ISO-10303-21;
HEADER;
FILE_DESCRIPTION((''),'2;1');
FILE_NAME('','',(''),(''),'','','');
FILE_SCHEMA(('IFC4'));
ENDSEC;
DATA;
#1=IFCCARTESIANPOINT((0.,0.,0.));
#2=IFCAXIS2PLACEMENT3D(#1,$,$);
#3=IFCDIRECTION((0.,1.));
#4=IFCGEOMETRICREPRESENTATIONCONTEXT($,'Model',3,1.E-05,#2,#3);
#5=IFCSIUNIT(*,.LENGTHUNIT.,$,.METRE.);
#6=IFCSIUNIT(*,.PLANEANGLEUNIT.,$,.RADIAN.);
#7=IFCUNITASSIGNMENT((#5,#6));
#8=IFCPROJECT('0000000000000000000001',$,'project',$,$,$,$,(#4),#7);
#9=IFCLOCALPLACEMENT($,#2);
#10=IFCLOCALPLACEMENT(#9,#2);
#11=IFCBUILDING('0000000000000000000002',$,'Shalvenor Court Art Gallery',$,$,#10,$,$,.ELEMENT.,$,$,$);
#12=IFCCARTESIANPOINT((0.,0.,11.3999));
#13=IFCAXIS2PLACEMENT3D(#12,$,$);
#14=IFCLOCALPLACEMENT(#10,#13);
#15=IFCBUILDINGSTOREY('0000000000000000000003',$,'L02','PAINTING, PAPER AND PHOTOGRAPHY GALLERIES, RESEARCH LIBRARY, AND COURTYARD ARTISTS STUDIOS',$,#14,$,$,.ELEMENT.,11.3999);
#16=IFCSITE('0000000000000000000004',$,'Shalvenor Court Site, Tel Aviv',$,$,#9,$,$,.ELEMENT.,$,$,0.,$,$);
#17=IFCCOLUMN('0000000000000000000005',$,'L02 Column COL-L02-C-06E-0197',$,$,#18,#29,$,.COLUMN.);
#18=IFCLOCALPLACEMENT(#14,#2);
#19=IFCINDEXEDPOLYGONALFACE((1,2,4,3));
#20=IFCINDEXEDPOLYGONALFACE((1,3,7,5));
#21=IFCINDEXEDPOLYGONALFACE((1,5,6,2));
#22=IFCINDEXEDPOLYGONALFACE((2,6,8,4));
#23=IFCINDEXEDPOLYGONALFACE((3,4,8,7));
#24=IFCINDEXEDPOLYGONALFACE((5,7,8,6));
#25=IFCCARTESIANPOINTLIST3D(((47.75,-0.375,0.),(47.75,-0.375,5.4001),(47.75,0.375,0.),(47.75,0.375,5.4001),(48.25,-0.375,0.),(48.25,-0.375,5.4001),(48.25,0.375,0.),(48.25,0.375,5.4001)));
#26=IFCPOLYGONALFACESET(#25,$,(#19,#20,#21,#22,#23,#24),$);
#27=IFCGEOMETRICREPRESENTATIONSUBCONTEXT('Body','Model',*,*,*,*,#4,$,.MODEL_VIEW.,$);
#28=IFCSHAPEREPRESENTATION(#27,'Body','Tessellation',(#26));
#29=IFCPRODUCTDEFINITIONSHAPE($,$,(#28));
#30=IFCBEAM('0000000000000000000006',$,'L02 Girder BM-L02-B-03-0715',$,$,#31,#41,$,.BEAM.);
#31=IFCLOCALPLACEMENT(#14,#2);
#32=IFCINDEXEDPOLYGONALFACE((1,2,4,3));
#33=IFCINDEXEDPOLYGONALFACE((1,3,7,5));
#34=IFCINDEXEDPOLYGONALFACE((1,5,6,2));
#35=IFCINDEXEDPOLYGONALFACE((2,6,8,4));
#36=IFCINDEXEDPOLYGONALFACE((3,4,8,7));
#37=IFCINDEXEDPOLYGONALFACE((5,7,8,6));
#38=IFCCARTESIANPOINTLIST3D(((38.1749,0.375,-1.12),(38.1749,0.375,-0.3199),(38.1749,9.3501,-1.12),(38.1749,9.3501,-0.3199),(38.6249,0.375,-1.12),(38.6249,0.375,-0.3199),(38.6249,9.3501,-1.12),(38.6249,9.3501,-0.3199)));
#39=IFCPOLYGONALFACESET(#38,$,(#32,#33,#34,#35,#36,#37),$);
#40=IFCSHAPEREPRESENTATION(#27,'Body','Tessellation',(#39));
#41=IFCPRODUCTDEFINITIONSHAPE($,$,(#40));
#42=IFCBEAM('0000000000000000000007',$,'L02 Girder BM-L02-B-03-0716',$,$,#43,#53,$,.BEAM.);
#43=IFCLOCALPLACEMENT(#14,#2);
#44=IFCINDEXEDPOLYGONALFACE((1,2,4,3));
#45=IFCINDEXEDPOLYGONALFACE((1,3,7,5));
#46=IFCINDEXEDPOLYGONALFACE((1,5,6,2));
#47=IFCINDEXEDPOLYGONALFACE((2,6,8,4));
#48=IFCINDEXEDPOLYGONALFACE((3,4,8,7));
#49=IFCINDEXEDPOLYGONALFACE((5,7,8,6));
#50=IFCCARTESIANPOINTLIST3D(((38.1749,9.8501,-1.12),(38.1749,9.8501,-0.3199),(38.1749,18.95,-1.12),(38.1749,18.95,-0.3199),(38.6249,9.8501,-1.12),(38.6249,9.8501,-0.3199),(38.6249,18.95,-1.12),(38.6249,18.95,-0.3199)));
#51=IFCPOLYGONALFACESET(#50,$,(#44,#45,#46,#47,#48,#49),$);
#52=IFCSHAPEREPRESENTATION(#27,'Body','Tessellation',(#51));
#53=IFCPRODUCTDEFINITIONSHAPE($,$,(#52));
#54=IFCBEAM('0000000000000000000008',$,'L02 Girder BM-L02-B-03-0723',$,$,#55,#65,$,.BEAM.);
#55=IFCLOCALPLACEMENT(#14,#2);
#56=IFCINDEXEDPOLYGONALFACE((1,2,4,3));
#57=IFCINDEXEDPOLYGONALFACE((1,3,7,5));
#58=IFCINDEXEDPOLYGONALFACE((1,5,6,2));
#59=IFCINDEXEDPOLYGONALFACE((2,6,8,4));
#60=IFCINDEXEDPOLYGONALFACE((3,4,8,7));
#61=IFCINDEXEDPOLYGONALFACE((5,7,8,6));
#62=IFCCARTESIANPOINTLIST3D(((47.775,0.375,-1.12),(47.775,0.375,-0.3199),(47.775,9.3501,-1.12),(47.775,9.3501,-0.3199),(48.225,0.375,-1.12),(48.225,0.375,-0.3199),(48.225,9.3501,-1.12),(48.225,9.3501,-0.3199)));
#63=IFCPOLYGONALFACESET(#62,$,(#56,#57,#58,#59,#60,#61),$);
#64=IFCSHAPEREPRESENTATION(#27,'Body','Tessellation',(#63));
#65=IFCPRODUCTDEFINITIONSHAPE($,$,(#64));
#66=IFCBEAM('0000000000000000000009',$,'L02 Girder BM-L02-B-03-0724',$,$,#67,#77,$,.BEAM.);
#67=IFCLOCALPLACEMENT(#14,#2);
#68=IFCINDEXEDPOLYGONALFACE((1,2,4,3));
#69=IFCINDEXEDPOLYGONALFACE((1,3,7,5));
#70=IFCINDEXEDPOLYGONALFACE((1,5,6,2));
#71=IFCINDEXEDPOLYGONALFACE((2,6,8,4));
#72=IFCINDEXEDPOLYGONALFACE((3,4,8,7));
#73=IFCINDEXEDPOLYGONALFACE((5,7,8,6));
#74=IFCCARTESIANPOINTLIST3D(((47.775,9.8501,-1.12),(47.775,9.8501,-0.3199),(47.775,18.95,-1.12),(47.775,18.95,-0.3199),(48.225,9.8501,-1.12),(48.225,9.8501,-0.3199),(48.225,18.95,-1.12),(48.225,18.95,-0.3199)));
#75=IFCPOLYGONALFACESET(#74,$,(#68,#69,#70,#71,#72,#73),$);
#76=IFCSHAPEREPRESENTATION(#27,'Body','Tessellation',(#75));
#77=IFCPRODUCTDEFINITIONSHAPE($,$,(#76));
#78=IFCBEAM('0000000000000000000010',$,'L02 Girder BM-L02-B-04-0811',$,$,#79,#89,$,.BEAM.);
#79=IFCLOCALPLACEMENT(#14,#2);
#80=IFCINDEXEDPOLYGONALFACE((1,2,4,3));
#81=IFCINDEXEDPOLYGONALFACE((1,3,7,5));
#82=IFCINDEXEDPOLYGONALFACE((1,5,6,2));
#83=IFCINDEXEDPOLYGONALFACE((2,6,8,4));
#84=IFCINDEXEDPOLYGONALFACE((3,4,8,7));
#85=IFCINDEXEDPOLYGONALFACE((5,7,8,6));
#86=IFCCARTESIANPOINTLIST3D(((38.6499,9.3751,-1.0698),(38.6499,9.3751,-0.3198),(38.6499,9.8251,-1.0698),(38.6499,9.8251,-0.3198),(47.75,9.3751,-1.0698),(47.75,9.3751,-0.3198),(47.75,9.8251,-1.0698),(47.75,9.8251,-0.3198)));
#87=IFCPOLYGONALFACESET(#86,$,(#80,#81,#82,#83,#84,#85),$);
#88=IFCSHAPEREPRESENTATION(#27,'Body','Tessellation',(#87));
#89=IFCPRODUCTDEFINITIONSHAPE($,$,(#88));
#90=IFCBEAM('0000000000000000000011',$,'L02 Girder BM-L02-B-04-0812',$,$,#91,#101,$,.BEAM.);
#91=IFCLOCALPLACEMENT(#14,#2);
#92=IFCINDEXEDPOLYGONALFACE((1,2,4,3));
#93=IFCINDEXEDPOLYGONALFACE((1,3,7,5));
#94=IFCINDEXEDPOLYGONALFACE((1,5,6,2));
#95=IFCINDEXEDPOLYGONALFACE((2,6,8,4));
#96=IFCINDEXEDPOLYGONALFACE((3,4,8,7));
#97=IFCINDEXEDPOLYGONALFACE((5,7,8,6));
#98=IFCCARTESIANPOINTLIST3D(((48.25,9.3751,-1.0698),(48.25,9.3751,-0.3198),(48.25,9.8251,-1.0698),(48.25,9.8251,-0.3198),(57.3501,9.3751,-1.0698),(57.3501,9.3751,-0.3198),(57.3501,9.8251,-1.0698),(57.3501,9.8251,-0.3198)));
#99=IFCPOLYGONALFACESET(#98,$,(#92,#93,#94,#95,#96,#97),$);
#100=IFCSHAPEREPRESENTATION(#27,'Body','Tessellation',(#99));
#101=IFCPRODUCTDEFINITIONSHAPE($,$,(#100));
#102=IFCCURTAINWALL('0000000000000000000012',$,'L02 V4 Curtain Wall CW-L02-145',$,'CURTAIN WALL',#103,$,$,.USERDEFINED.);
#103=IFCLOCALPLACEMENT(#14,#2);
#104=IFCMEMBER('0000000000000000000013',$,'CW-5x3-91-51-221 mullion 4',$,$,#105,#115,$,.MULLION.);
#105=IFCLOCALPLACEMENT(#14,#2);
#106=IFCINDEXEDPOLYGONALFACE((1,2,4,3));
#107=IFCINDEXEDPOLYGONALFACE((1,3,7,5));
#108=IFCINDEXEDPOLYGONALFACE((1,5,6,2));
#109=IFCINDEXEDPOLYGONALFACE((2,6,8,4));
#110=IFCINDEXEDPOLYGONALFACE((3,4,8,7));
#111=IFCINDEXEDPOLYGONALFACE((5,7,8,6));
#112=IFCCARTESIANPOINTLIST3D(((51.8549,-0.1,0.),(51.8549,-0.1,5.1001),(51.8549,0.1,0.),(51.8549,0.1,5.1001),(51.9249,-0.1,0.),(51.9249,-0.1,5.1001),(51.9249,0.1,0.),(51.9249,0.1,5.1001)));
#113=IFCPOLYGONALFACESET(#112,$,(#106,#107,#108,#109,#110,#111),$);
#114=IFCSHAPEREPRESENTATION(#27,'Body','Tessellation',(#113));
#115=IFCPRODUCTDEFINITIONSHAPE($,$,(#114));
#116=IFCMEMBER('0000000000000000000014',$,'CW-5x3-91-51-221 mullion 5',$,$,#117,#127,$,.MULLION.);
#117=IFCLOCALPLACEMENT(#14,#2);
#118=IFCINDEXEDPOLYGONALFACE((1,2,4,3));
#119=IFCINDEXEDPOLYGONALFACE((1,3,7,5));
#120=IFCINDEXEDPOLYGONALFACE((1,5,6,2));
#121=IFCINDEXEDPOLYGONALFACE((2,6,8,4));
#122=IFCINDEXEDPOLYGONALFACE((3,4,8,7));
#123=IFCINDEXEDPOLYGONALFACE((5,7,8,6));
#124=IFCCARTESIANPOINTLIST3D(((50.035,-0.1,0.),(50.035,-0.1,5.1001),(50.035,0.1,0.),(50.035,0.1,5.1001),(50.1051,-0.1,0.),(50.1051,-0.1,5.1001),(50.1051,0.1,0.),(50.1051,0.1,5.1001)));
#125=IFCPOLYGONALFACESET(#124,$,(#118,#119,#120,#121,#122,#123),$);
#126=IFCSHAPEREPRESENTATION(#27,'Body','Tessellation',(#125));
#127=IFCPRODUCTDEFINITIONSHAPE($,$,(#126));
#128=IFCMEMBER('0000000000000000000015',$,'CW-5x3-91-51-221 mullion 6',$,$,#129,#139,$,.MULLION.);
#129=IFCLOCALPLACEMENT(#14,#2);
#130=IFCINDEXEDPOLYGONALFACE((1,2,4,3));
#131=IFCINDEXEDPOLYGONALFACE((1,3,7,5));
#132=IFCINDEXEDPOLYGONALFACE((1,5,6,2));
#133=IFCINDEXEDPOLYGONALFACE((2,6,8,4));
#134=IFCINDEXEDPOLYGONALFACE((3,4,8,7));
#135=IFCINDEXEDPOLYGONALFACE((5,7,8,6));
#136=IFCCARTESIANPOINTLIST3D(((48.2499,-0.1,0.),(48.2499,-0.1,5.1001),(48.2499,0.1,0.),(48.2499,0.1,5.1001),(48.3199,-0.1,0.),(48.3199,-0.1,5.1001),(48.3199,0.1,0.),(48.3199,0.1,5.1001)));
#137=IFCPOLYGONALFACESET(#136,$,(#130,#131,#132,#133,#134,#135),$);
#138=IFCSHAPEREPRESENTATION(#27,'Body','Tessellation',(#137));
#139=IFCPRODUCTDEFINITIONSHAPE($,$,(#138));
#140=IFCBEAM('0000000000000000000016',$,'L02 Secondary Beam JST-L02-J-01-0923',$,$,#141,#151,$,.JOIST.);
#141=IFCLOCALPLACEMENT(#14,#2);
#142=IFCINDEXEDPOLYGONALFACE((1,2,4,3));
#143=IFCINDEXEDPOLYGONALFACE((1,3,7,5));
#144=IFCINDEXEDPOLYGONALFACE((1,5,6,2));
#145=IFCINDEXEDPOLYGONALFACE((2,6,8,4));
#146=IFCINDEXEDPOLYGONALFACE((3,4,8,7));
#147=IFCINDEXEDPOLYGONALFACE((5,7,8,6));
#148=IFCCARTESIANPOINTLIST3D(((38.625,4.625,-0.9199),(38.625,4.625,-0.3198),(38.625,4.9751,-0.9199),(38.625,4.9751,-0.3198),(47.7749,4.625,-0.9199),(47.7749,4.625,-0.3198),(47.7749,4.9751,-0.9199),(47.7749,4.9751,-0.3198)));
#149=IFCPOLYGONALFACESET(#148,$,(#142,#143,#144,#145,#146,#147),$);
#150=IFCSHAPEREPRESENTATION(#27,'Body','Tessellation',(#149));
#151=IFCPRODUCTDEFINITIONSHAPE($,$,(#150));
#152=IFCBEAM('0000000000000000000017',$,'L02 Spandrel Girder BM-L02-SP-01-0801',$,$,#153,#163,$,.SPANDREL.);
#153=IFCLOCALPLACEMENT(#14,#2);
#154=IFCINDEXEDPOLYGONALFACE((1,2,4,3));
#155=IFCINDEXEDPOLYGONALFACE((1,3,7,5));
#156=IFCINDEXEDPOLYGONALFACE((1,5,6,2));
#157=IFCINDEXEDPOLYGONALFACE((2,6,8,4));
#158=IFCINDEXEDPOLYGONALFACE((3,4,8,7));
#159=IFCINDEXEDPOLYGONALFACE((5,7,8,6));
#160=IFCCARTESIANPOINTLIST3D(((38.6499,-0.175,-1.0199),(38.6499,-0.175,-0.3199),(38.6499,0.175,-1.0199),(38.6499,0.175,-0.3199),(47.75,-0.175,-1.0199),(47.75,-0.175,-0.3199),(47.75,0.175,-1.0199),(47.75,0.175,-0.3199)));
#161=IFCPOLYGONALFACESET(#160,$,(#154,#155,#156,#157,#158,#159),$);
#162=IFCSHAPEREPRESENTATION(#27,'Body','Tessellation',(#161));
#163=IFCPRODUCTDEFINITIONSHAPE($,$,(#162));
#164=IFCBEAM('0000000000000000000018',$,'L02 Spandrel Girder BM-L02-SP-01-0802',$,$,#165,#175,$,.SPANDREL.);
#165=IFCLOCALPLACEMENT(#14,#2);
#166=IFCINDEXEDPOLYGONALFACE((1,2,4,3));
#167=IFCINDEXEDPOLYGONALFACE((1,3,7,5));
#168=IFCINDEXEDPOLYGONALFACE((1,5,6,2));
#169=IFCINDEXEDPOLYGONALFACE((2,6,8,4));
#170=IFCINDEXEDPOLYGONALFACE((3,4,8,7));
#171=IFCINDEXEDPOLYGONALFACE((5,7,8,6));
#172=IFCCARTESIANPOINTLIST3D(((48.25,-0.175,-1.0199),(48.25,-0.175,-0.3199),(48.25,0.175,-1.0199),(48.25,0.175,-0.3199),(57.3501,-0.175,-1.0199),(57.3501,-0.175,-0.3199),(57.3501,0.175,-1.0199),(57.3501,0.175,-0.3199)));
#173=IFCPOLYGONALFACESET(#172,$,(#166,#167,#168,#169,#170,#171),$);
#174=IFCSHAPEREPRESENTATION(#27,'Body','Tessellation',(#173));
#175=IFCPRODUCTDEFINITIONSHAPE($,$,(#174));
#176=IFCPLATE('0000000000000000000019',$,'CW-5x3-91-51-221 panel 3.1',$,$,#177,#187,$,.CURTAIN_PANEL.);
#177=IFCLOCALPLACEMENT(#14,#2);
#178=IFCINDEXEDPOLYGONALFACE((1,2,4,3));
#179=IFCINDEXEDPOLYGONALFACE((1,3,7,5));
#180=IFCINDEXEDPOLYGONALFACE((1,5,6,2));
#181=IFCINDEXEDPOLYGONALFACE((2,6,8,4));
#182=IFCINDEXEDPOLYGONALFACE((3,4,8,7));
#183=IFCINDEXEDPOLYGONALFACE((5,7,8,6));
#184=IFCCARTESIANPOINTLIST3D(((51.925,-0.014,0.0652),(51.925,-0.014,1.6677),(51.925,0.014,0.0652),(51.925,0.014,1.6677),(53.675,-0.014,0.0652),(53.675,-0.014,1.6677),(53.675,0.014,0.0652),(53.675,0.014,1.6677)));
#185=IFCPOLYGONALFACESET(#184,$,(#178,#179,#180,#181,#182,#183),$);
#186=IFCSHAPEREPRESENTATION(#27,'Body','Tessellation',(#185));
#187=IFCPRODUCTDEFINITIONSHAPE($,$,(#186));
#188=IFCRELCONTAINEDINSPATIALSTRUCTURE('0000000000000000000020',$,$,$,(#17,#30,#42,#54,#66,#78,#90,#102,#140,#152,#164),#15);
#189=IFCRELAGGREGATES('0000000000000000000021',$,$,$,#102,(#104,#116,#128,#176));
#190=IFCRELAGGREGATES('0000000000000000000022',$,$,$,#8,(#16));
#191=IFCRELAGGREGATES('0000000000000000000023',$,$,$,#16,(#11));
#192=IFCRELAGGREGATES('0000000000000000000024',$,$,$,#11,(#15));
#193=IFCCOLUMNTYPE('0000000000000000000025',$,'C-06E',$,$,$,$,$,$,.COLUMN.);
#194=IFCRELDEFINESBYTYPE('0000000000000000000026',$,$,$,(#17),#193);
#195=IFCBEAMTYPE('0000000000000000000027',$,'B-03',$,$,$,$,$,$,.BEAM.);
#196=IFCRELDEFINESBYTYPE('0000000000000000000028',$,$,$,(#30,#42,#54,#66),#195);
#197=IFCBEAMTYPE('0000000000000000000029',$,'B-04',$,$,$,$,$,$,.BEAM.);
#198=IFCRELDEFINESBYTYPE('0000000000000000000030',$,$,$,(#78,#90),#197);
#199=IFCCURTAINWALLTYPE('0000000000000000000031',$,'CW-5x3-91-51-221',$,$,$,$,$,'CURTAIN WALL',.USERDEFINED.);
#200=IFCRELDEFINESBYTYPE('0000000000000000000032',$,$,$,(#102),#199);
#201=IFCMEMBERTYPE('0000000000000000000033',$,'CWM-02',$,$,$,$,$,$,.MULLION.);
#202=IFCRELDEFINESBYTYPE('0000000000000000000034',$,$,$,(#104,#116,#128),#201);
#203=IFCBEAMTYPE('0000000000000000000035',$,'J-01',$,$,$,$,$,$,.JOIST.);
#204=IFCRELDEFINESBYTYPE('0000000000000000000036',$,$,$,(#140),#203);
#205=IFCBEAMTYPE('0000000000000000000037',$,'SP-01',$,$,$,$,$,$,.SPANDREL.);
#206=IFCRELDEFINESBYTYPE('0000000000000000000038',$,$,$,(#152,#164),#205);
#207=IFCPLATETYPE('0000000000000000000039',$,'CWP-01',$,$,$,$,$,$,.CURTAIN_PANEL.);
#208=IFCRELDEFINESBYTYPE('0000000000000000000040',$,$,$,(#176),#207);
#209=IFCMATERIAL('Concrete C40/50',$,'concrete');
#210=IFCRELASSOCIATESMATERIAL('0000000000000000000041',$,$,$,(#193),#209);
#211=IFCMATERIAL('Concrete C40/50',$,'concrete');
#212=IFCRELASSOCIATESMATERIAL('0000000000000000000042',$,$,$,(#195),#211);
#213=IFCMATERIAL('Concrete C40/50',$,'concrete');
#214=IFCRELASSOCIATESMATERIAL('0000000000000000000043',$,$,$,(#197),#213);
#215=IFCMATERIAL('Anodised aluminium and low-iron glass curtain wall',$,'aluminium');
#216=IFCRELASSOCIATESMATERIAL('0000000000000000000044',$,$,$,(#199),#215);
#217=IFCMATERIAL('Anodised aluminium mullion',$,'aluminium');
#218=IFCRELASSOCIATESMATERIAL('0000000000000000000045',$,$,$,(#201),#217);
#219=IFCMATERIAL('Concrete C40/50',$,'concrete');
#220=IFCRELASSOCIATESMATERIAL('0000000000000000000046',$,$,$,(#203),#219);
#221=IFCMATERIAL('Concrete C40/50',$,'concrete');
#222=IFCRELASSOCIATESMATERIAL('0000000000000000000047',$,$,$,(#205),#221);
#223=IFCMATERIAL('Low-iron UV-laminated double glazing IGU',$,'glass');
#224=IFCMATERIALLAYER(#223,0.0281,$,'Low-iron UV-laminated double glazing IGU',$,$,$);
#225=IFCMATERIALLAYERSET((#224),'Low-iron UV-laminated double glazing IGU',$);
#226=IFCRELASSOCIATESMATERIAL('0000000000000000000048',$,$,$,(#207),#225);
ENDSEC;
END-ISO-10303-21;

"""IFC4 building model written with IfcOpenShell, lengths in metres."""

from ifc_helpers import new_model, si_unit, direction, frame, origin, origin_2d, place, context, subcontext, project, spatial, rectangle, extrude, material, layer, layer_set, material_profile, profile_set, type_object, element, aggregate, save


model = new_model("IFC4")

# Units and contexts
model_context = context("Model", 3, precision=1e-05, world=origin(), true_north=direction((0.0, 1.0)))
body_context = subcontext(model_context, "Body", "Model", "MODEL_VIEW")
ifc_project = project(units=[si_unit("LENGTHUNIT", "METRE"), si_unit("PLANEANGLEUNIT", "RADIAN")], contexts=[model_context])

# Site, building, storey
site_placement = place(None, origin())
site = spatial("IfcSite", under=ifc_project, at=site_placement, Name="Shalvenor Court Site, Tel Aviv", CompositionType="ELEMENT", RefElevation=0.0)
building_placement = place(site_placement, origin())
building = spatial("IfcBuilding", under=site, at=building_placement, Name="Shalvenor Court Art Gallery", CompositionType="ELEMENT")
storey_placement = place(building_placement, frame((0.0, 0.0, 11.3999)))
storey = spatial("IfcBuildingStorey", under=building, at=storey_placement, Name="L02", Description="PAINTING, PAPER AND PHOTOGRAPHY GALLERIES, RESEARCH LIBRARY, AND COURTYARD ARTISTS STUDIOS", CompositionType="ELEMENT", Elevation=11.3999)

# Column
ifc_material_1 = material(Name="Concrete C40/50", Category="concrete")
ifc_material_profile_1 = material_profile(ifc_material_1, rectangle(XDim=0.5, YDim=0.75, at=origin_2d()), Name="RC 500x750")
ifc_profile_set_1 = profile_set([ifc_material_profile_1], Name="Concrete C40/50")
column_type = type_object("IfcColumnType", Name="C-06E", PredefinedType="COLUMN", material=ifc_profile_set_1)
column_placement = place(storey_placement, frame((48.0, 0.0, 0.0), z_axis=(0.0, 0.0, 1.0), x_axis=(1.0, 0.0, 0.0)))
element("IfcColumn", 1, at=column_placement, inside=storey, type_object=column_type, Name="L02 Column COL-L02-C-06E-0197", PredefinedType="COLUMN", context=body_context, shape_type="SweptSolid", body=[
    extrude(rectangle(XDim=0.5, YDim=0.75, at=origin_2d()), origin(), (0.0, 0.0, 1.0), 5.4001),
])

# Beams
ifc_material_2 = material(Name="Concrete C40/50", Category="concrete")
ifc_material_profile_2 = material_profile(ifc_material_2, rectangle(XDim=0.45, YDim=0.8, at=origin_2d()), Name="RC 450x800")
ifc_profile_set_2 = profile_set([ifc_material_profile_2], Name="Concrete C40/50")
beam_type_1 = type_object("IfcBeamType", Name="B-03", PredefinedType="BEAM", material=ifc_profile_set_2)
beam_1_placement = place(storey_placement, frame((38.3999, 0.375, -0.72), z_axis=(0.0, 1.0, 0.0), x_axis=(-1.0, 0.0, 0.0)))
element("IfcBeam", 2, at=beam_1_placement, inside=storey, type_object=beam_type_1, Name="L02 Girder BM-L02-B-03-0715", PredefinedType="BEAM", context=body_context, shape_type="SweptSolid", body=[
    extrude(rectangle(XDim=0.45, YDim=0.8, at=origin_2d()), origin(), (0.0, 0.0, 1.0), 8.9751),
])
beam_2_placement = place(storey_placement, frame((38.3999, 9.8501, -0.72), z_axis=(0.0, 1.0, 0.0), x_axis=(-1.0, 0.0, 0.0)))
element("IfcBeam", 3, at=beam_2_placement, inside=storey, type_object=beam_type_1, Name="L02 Girder BM-L02-B-03-0716", PredefinedType="BEAM", context=body_context, shape_type="SweptSolid", body=[
    extrude(rectangle(XDim=0.45, YDim=0.8, at=origin_2d()), origin(), (0.0, 0.0, 1.0), 9.0999),
])
beam_3_placement = place(storey_placement, frame((48.0, 0.375, -0.72), z_axis=(0.0, 1.0, 0.0), x_axis=(-1.0, 0.0, 0.0)))
element("IfcBeam", 4, at=beam_3_placement, inside=storey, type_object=beam_type_1, Name="L02 Girder BM-L02-B-03-0723", PredefinedType="BEAM", context=body_context, shape_type="SweptSolid", body=[
    extrude(rectangle(XDim=0.45, YDim=0.8, at=origin_2d()), origin(), (0.0, 0.0, 1.0), 8.9751),
])
beam_4_placement = place(storey_placement, frame((48.0, 9.8501, -0.72), z_axis=(0.0, 1.0, 0.0), x_axis=(-1.0, 0.0, 0.0)))
element("IfcBeam", 5, at=beam_4_placement, inside=storey, type_object=beam_type_1, Name="L02 Girder BM-L02-B-03-0724", PredefinedType="BEAM", context=body_context, shape_type="SweptSolid", body=[
    extrude(rectangle(XDim=0.45, YDim=0.8, at=origin_2d()), origin(), (0.0, 0.0, 1.0), 9.0999),
])
ifc_material_3 = material(Name="Concrete C40/50", Category="concrete")
ifc_material_profile_3 = material_profile(ifc_material_3, rectangle(XDim=0.45, YDim=0.75, at=origin_2d()), Name="RC 450x750")
ifc_profile_set_3 = profile_set([ifc_material_profile_3], Name="Concrete C40/50")
beam_type_2 = type_object("IfcBeamType", Name="B-04", PredefinedType="BEAM", material=ifc_profile_set_3)
for number, where, z_axis, x_axis, name in (
    (6, (38.6499, 9.6001, -0.6948), (1.0, 0.0, 0.0), (0.0, 1.0, 0.0), "L02 Girder BM-L02-B-04-0811"),
    (7, (48.25, 9.6001, -0.6948), (1.0, 0.0, 0.0), (0.0, 1.0, 0.0), "L02 Girder BM-L02-B-04-0812"),
):
    element("IfcBeam", number, at=place(storey_placement, frame(where, z_axis=z_axis, x_axis=x_axis)), inside=storey, type_object=beam_type_2, Name=name, PredefinedType="BEAM", context=body_context, shape_type="SweptSolid", body=[
        extrude(rectangle(XDim=0.45, YDim=0.75, at=origin_2d()), origin(), (0.0, 0.0, 1.0), 9.1001),
    ])

# Curtain wall, members
ifc_material_4 = material(Name="Anodised aluminium and low-iron glass curtain wall", Category="aluminium")
curtain_wall_type = type_object("IfcCurtainWallType", Name="CW-5x3-91-51-221", ElementType="CURTAIN WALL", PredefinedType="USERDEFINED", material=ifc_material_4)
curtain_wall_placement = place(storey_placement, origin())
curtain_wall = element("IfcCurtainWall", 8, at=curtain_wall_placement, inside=storey, type_object=curtain_wall_type, Name="L02 V4 Curtain Wall CW-L02-145", ObjectType="CURTAIN WALL", PredefinedType="USERDEFINED")
ifc_material_5 = material(Name="Anodised aluminium mullion", Category="aluminium")
ifc_material_profile_4 = material_profile(ifc_material_5, rectangle(XDim=0.0701, YDim=0.2, at=origin_2d()), Name="CWM-02")
ifc_profile_set_4 = profile_set([ifc_material_profile_4], Name="Anodised aluminium mullion")
member_type = type_object("IfcMemberType", Name="CWM-02", PredefinedType="MULLION", material=ifc_profile_set_4)
member_1_placement = place(storey_placement, frame((51.8899, 0.0, 0.0), z_axis=(0.0, 0.0, 1.0), x_axis=(-1.0, 0.0, 0.0)))
member_1 = element("IfcMember", 9, at=member_1_placement, type_object=member_type, Name="CW-5x3-91-51-221 mullion 4", PredefinedType="MULLION", context=body_context, shape_type="SweptSolid", body=[
    extrude(rectangle(XDim=0.0701, YDim=0.2, at=origin_2d()), origin(), (0.0, 0.0, 1.0), 5.1001),
])
member_2_placement = place(storey_placement, frame((50.0701, 0.0, 0.0), z_axis=(0.0, 0.0, 1.0), x_axis=(-1.0, 0.0, 0.0)))
member_2 = element("IfcMember", 10, at=member_2_placement, type_object=member_type, Name="CW-5x3-91-51-221 mullion 5", PredefinedType="MULLION", context=body_context, shape_type="SweptSolid", body=[
    extrude(rectangle(XDim=0.0701, YDim=0.2, at=origin_2d()), origin(), (0.0, 0.0, 1.0), 5.1001),
])
member_3_placement = place(storey_placement, frame((48.2849, 0.0, 0.0), z_axis=(0.0, 0.0, 1.0), x_axis=(-1.0, 0.0, 0.0)))
member_3 = element("IfcMember", 11, at=member_3_placement, type_object=member_type, Name="CW-5x3-91-51-221 mullion 6", PredefinedType="MULLION", context=body_context, shape_type="SweptSolid", body=[
    extrude(rectangle(XDim=0.0701, YDim=0.2, at=origin_2d()), origin(), (0.0, 0.0, 1.0), 5.1001),
])

# Beams
ifc_material_6 = material(Name="Concrete C40/50", Category="concrete")
ifc_material_profile_5 = material_profile(ifc_material_6, rectangle(XDim=0.3501, YDim=0.6001, at=origin_2d()), Name="RC 350x600")
ifc_profile_set_5 = profile_set([ifc_material_profile_5], Name="Concrete C40/50")
beam_type_3 = type_object("IfcBeamType", Name="J-01", PredefinedType="JOIST", material=ifc_profile_set_5)
beam_5_placement = place(storey_placement, frame((38.625, 4.8, -0.6199), z_axis=(1.0, 0.0, 0.0), x_axis=(0.0, 1.0, 0.0)))
element("IfcBeam", 12, at=beam_5_placement, inside=storey, type_object=beam_type_3, Name="L02 Secondary Beam JST-L02-J-01-0923", PredefinedType="JOIST", context=body_context, shape_type="SweptSolid", body=[
    extrude(rectangle(XDim=0.3501, YDim=0.6001, at=origin_2d()), origin(), (0.0, 0.0, 1.0), 9.1499),
])
ifc_material_7 = material(Name="Concrete C40/50", Category="concrete")
ifc_material_profile_6 = material_profile(ifc_material_7, rectangle(XDim=0.3501, YDim=0.7, at=origin_2d()), Name="RC 350x700")
ifc_profile_set_6 = profile_set([ifc_material_profile_6], Name="Concrete C40/50")
beam_type_4 = type_object("IfcBeamType", Name="SP-01", PredefinedType="SPANDREL", material=ifc_profile_set_6)
for number, where, z_axis, x_axis, name in (
    (13, (38.6499, 0.0, -0.6699), (1.0, 0.0, 0.0), (0.0, 1.0, 0.0), "L02 Spandrel Girder BM-L02-SP-01-0801"),
    (14, (48.25, 0.0, -0.6699), (1.0, 0.0, 0.0), (0.0, 1.0, 0.0), "L02 Spandrel Girder BM-L02-SP-01-0802"),
):
    element("IfcBeam", number, at=place(storey_placement, frame(where, z_axis=z_axis, x_axis=x_axis)), inside=storey, type_object=beam_type_4, Name=name, PredefinedType="SPANDREL", context=body_context, shape_type="SweptSolid", body=[
        extrude(rectangle(XDim=0.3501, YDim=0.7, at=origin_2d()), origin(), (0.0, 0.0, 1.0), 9.1001),
    ])

# Plate
ifc_material_8 = material(Name="Low-iron UV-laminated double glazing IGU", Category="glass")
ifc_layer_1 = layer(ifc_material_8, 0.0281, Name="Low-iron UV-laminated double glazing IGU")
ifc_layer_set_1 = layer_set([ifc_layer_1], Name="Low-iron UV-laminated double glazing IGU")
plate_type_1 = type_object("IfcPlateType", Name="CWP-01", PredefinedType="CURTAIN_PANEL", material=ifc_layer_set_1)
plate_1_placement = place(storey_placement, frame((52.8, 0.0, 0.0652), z_axis=(0.0, 0.0, 1.0), x_axis=(-1.0, 0.0, 0.0)))
plate_1 = element("IfcPlate", 15, at=plate_1_placement, type_object=plate_type_1, Name="CW-5x3-91-51-221 panel 3.1", PredefinedType="CURTAIN_PANEL", context=body_context, shape_type="SweptSolid", body=[
    extrude(rectangle(XDim=1.75, YDim=0.0281, at=origin_2d()), origin(), (0.0, 0.0, 1.0), 1.6025),
])
aggregate(curtain_wall, [member_1, member_2, member_3, plate_1])

save(model, "model.ifc")
